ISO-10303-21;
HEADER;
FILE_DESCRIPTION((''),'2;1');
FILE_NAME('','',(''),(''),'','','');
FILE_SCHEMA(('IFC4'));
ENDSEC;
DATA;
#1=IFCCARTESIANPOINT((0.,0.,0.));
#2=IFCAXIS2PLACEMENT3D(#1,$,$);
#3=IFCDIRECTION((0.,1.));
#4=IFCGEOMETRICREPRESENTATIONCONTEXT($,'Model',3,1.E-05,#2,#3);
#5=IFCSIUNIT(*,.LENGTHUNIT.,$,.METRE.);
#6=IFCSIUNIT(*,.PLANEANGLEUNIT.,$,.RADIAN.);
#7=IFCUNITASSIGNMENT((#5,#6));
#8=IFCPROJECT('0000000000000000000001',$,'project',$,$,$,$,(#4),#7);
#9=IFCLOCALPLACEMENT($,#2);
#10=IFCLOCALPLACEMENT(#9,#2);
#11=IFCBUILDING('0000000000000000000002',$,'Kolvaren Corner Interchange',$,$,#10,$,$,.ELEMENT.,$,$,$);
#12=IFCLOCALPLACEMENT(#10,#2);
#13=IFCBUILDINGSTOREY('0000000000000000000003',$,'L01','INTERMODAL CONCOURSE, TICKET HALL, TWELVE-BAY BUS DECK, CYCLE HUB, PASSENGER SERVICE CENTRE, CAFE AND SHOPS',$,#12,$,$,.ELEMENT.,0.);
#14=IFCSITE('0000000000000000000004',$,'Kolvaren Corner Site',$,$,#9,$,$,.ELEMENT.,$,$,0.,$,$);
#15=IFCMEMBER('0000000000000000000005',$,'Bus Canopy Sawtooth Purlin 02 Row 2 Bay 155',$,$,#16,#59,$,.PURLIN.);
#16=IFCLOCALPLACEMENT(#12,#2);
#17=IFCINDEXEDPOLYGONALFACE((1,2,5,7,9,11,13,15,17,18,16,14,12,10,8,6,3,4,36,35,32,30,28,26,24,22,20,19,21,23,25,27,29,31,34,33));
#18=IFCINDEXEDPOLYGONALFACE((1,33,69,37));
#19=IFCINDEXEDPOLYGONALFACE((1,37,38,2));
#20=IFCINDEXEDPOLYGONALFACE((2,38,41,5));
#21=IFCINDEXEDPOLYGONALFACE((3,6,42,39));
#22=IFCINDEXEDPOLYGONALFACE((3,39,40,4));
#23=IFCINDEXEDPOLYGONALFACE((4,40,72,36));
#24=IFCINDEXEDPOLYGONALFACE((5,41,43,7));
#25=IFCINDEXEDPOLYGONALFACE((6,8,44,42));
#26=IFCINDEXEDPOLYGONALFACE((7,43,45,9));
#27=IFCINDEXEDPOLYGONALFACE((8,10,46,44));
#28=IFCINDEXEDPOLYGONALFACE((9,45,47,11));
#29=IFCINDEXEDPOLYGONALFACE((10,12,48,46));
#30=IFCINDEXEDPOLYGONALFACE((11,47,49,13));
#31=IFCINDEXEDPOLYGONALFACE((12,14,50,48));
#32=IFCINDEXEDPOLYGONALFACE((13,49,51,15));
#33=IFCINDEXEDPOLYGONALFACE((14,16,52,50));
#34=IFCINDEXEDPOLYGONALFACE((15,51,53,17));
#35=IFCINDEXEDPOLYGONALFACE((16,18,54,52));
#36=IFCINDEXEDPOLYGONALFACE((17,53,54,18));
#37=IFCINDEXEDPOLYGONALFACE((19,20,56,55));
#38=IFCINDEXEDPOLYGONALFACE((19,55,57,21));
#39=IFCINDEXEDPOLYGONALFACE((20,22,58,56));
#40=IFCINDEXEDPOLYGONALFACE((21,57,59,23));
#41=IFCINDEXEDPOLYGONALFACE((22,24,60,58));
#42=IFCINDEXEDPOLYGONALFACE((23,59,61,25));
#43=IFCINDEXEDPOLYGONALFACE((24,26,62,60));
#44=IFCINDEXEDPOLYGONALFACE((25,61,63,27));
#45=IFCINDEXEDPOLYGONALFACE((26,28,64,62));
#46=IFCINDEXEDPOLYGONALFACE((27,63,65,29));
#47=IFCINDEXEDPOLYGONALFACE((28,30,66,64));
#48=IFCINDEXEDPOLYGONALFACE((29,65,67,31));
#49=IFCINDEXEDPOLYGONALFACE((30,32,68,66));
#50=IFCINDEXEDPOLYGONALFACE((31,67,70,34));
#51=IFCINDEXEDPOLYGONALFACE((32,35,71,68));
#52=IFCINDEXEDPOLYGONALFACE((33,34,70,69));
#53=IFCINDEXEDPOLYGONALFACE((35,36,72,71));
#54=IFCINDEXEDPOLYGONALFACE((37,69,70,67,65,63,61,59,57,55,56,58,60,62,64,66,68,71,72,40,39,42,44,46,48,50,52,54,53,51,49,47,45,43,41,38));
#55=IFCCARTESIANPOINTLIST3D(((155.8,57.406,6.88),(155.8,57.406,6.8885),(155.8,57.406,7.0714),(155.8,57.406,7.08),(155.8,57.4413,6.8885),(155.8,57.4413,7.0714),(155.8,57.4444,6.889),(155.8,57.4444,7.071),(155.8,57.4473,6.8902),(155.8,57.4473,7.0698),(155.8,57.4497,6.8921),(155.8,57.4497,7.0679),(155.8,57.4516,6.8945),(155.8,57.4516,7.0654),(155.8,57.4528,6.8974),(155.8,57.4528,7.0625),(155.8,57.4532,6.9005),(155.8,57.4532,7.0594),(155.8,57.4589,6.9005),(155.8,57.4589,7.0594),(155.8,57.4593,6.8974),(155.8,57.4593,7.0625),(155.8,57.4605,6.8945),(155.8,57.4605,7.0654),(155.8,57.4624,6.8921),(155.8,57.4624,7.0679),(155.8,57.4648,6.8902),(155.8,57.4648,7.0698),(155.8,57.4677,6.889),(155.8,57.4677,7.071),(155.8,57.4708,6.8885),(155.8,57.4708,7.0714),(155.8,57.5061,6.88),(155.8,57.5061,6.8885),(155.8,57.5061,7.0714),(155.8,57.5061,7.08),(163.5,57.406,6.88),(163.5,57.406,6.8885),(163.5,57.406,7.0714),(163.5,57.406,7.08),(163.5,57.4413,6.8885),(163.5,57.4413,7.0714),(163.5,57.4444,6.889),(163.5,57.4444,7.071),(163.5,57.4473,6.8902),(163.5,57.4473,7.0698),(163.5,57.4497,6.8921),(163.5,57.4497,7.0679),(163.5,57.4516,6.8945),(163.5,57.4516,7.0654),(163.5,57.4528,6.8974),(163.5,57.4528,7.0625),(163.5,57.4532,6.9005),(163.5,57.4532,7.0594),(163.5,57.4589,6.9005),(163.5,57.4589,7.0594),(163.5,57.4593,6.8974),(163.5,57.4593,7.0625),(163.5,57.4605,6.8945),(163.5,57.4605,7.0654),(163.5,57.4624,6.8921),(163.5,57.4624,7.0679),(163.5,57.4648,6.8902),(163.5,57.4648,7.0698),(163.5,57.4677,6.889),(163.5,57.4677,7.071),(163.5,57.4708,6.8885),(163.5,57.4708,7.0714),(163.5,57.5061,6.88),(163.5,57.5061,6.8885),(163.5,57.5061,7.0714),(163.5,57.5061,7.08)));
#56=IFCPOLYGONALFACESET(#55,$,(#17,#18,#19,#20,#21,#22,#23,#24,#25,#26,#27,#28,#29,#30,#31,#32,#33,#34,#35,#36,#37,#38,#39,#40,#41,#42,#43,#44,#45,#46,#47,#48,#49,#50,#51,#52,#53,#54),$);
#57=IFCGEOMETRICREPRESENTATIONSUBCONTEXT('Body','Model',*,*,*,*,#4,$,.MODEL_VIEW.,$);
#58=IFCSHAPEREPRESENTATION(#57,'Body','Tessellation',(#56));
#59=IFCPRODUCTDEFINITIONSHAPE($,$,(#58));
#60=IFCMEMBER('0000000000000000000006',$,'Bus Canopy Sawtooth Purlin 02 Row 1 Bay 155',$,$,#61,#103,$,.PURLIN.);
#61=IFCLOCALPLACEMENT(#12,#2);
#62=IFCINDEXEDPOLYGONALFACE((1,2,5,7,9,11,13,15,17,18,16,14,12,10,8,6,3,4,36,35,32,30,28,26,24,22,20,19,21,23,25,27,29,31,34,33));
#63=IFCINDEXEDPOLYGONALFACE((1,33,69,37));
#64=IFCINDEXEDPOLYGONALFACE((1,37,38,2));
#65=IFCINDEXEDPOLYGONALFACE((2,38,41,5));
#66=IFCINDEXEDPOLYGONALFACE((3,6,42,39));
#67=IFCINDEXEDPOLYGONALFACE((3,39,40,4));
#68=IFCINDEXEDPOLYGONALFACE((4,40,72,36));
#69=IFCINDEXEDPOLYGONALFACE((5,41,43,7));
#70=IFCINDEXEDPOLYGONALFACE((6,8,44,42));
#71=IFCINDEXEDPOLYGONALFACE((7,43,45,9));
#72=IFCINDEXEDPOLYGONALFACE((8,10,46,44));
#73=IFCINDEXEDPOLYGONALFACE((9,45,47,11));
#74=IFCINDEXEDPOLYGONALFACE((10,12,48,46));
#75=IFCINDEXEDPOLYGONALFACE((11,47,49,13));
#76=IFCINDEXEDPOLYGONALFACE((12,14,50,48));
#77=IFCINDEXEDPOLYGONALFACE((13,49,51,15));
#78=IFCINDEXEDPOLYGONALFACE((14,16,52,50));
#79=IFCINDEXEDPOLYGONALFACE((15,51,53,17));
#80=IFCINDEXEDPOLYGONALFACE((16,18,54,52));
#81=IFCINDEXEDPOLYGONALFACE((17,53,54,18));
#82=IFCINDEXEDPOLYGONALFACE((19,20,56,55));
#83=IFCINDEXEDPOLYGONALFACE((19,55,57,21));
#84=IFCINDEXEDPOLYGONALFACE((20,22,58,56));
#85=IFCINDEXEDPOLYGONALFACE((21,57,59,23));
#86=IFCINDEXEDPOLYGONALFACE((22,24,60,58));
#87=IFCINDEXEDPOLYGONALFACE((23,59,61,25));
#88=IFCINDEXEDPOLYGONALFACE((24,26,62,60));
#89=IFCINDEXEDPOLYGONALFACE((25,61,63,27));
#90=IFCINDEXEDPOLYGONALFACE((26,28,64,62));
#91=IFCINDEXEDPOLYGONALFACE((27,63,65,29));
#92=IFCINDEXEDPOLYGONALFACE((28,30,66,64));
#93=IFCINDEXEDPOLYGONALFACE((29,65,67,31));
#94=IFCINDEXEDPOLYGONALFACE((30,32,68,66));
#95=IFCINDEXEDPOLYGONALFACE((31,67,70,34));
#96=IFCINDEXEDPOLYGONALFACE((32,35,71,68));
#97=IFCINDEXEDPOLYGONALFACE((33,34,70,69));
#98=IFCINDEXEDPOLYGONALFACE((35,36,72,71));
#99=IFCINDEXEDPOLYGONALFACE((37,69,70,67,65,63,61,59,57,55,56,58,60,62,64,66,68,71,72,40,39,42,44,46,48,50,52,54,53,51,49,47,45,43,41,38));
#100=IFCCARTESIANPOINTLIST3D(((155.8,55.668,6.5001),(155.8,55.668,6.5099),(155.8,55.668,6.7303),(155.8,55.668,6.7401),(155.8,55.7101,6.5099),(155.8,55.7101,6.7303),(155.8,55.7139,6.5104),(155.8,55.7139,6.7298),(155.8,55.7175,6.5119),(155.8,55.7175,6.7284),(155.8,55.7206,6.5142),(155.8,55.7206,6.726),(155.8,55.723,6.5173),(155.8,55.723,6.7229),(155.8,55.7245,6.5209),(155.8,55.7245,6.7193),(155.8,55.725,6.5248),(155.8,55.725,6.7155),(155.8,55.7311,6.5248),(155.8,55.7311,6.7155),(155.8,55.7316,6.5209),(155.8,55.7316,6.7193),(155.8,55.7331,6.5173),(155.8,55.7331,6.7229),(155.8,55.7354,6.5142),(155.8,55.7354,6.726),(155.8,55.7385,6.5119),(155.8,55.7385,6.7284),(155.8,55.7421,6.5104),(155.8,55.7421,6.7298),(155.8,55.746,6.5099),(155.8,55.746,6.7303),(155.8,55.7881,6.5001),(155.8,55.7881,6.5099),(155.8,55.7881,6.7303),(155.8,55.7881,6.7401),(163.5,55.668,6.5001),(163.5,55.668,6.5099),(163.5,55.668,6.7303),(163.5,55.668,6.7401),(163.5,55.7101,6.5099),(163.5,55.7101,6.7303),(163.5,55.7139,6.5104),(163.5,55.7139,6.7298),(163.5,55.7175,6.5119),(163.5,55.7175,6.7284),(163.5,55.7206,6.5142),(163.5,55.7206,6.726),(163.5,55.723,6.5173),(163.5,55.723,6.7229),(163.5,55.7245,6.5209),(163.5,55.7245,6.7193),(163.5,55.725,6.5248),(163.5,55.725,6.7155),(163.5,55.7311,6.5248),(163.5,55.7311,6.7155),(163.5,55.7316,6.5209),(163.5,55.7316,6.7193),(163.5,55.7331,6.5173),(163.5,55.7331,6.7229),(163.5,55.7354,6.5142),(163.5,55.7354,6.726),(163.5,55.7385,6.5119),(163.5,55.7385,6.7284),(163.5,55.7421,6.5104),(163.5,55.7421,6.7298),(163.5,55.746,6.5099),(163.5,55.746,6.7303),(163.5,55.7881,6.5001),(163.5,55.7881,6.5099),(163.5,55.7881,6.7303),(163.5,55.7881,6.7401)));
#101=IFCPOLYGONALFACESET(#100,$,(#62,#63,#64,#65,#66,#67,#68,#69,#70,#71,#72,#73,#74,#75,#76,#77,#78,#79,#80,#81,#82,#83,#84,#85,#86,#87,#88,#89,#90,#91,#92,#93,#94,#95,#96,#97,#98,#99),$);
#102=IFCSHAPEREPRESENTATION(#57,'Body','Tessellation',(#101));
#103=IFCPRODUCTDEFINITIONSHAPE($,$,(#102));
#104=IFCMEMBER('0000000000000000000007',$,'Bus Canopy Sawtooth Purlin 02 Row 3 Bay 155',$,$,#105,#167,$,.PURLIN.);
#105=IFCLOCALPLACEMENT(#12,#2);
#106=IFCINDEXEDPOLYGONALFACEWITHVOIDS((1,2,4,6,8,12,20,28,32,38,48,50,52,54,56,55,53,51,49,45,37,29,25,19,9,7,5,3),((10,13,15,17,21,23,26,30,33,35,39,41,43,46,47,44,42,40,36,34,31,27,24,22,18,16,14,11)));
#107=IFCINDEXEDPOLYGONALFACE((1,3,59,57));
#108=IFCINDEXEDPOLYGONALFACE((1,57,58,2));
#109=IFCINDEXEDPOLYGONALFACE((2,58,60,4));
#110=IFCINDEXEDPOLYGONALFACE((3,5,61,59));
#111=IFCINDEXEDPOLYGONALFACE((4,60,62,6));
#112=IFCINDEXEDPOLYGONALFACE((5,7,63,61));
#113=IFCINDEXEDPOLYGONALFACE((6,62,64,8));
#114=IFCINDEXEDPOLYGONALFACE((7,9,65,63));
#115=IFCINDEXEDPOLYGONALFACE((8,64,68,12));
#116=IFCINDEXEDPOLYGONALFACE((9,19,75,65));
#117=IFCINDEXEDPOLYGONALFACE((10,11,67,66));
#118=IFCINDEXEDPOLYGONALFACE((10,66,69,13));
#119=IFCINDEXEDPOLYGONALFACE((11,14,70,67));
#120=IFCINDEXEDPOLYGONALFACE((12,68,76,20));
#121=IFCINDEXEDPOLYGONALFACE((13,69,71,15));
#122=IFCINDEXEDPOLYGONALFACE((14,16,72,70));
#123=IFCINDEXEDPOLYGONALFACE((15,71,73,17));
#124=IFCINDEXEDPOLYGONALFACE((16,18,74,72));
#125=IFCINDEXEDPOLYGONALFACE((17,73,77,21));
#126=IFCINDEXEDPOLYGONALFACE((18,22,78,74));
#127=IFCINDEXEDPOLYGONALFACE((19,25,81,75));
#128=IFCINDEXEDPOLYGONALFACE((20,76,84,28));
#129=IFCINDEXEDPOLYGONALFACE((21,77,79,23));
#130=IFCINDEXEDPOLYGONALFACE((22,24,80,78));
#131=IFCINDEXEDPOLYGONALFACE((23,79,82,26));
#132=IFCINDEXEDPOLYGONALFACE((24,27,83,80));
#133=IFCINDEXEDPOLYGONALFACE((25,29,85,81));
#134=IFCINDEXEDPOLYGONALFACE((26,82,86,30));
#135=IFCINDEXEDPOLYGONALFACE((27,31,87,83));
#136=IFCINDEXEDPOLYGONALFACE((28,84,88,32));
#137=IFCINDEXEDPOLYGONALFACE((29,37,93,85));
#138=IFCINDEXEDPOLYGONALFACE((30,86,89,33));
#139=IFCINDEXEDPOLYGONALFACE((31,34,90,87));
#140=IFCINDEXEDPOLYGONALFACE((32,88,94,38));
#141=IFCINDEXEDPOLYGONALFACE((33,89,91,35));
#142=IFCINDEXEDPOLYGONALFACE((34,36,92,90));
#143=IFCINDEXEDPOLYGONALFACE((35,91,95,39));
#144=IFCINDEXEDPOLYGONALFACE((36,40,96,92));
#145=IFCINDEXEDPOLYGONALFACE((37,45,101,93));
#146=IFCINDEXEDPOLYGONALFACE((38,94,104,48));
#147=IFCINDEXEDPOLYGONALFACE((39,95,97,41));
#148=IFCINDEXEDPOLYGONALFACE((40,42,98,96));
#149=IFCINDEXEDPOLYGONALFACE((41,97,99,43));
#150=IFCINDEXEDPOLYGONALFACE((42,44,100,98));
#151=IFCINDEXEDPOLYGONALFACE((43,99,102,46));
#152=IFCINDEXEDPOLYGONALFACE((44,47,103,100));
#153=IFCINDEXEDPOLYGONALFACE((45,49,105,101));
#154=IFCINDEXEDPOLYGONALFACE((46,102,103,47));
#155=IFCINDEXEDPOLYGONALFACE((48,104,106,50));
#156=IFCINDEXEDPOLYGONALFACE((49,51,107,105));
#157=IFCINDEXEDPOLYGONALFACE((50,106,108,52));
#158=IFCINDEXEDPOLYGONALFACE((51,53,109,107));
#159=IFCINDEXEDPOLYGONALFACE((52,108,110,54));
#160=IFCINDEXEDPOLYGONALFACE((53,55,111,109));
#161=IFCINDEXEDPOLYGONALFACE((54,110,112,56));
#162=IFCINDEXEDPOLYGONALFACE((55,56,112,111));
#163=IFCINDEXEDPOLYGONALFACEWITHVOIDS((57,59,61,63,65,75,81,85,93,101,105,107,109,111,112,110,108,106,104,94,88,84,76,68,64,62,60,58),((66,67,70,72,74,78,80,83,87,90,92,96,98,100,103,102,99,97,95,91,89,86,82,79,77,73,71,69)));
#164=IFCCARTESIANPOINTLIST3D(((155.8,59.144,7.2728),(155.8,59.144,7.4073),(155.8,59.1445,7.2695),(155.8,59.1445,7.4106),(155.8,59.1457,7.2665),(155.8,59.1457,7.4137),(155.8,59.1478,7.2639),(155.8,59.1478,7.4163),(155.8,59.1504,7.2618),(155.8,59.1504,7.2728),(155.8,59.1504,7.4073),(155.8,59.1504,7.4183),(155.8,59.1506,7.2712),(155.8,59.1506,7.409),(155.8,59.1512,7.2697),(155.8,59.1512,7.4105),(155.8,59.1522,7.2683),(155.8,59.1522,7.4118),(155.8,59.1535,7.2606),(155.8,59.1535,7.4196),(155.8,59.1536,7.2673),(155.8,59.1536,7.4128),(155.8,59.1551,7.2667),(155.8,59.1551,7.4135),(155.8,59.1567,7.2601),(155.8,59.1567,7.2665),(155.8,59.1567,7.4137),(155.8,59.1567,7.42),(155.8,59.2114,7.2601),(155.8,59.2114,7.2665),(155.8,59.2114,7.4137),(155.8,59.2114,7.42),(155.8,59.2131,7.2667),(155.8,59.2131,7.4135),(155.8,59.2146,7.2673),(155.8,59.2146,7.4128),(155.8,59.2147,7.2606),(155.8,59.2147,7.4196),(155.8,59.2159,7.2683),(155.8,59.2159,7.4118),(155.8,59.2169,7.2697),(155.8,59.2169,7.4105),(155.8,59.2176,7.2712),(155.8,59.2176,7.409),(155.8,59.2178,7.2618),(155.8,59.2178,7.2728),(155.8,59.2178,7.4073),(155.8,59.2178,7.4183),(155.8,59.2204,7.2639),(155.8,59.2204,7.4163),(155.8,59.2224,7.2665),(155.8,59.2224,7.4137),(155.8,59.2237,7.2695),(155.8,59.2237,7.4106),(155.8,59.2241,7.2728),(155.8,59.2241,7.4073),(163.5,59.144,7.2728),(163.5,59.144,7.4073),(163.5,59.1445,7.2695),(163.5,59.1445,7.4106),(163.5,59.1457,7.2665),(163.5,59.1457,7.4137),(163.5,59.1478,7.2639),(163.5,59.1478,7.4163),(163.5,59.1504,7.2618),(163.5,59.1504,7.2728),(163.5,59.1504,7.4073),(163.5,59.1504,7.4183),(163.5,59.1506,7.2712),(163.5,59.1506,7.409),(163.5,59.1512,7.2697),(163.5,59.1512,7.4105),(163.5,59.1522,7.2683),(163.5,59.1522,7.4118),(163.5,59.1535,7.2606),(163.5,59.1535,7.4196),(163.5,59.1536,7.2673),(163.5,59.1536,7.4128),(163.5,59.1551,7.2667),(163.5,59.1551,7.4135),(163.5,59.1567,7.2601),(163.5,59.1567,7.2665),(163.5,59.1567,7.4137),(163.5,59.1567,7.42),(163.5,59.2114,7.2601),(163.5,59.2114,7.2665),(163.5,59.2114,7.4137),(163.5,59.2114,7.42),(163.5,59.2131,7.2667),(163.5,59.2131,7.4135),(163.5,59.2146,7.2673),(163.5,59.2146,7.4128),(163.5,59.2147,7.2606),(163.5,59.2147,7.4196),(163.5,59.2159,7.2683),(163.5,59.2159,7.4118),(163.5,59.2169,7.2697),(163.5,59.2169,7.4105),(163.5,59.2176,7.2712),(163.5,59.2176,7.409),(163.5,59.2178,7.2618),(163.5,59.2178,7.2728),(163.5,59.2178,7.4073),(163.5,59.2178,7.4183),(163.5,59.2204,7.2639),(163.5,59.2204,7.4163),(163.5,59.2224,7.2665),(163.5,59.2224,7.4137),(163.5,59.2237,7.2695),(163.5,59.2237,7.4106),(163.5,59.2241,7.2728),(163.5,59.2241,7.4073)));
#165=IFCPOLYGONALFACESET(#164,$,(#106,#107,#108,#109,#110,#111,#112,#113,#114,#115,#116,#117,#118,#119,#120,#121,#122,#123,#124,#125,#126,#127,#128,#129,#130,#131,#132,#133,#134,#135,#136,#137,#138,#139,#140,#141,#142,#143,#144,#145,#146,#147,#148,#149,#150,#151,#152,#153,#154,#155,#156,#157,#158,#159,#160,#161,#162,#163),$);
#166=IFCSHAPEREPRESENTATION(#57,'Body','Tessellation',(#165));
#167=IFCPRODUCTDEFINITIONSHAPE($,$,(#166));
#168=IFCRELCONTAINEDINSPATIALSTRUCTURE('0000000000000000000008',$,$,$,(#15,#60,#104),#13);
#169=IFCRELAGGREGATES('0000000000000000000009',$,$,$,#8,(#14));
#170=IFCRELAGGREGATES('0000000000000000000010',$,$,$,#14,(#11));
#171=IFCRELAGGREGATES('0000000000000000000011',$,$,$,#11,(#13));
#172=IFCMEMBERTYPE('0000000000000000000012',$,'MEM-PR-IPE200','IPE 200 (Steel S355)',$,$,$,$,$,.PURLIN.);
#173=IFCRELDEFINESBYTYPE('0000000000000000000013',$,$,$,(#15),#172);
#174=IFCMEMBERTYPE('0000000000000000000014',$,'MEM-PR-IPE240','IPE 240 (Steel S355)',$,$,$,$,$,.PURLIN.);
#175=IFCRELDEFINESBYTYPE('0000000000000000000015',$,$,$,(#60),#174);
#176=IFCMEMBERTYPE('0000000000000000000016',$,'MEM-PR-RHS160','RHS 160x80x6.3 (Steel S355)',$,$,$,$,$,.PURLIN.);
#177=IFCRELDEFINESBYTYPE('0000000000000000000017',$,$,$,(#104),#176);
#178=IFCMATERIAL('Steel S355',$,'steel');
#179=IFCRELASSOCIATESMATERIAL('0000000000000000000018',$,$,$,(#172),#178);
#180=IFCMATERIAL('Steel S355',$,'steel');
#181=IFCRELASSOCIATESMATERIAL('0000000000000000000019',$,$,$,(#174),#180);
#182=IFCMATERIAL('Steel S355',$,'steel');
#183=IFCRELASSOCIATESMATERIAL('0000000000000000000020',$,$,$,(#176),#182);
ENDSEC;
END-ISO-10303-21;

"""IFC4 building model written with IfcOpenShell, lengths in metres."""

from ifc_helpers import new_model, si_unit, direction, frame, origin, origin_2d, place, context, subcontext, project, spatial, hollow_rectangle, i_section, extrude, material, material_profile, profile_set, type_object, element, save


model = new_model("IFC4")

# Units and contexts
model_context = context("Model", 3, precision=1e-05, world=origin(), true_north=direction((0.0, 1.0)))
body_context = subcontext(model_context, "Body", "Model", "MODEL_VIEW")
ifc_project = project(units=[si_unit("LENGTHUNIT", "METRE"), si_unit("PLANEANGLEUNIT", "RADIAN")], contexts=[model_context])

# Site, building, storey
site_placement = place(None, origin())
site = spatial("IfcSite", under=ifc_project, at=site_placement, Name="Kolvaren Corner Site", CompositionType="ELEMENT", RefElevation=0.0)
building_placement = place(site_placement, origin())
building = spatial("IfcBuilding", under=site, at=building_placement, Name="Kolvaren Corner Interchange", CompositionType="ELEMENT")
storey_placement = place(building_placement, origin())
storey = spatial("IfcBuildingStorey", under=building, at=storey_placement, Name="L01", Description="INTERMODAL CONCOURSE, TICKET HALL, TWELVE-BAY BUS DECK, CYCLE HUB, PASSENGER SERVICE CENTRE, CAFE AND SHOPS", CompositionType="ELEMENT", Elevation=0.0)

# Members
ifc_material_1 = material(Name="Steel S355", Category="steel")
ifc_material_profile_1 = material_profile(ifc_material_1, i_section(OverallWidth=0.1001, OverallDepth=0.2, WebThickness=0.0056, FlangeThickness=0.0085, FilletRadius=0.012, at=origin_2d()), Name="IPE 200")
ifc_profile_set_1 = profile_set([ifc_material_profile_1], Name="Steel S355")
member_type_1 = type_object("IfcMemberType", Name="MEM-PR-IPE200", Description="IPE 200 (Steel S355)", PredefinedType="PURLIN", material=ifc_profile_set_1)
member_1_placement = place(storey_placement, frame((155.8, 57.4561, 6.98), z_axis=(1.0, 0.0, 0.0), x_axis=(0.0, 1.0, 0.0)))
element("IfcMember", 1, at=member_1_placement, inside=storey, type_object=member_type_1, Name="Bus Canopy Sawtooth Purlin 02 Row 2 Bay 155", PredefinedType="PURLIN", context=body_context, shape_type="SweptSolid", body=[
    extrude(i_section(OverallWidth=0.1001, OverallDepth=0.2, WebThickness=0.0056, FlangeThickness=0.0085, FilletRadius=0.012, at=origin_2d()), origin(), (0.0, 0.0, 1.0), 7.7),
])
ifc_material_2 = material(Name="Steel S355", Category="steel")
ifc_material_profile_2 = material_profile(ifc_material_2, i_section(OverallWidth=0.1201, OverallDepth=0.24, WebThickness=0.0061, FlangeThickness=0.0098, FilletRadius=0.0149, at=origin_2d()), Name="IPE 240")
ifc_profile_set_2 = profile_set([ifc_material_profile_2], Name="Steel S355")
member_type_2 = type_object("IfcMemberType", Name="MEM-PR-IPE240", Description="IPE 240 (Steel S355)", PredefinedType="PURLIN", material=ifc_profile_set_2)
member_2_placement = place(storey_placement, frame((155.8, 55.728, 6.6201), z_axis=(1.0, 0.0, 0.0), x_axis=(0.0, 1.0, 0.0)))
element("IfcMember", 2, at=member_2_placement, inside=storey, type_object=member_type_2, Name="Bus Canopy Sawtooth Purlin 02 Row 1 Bay 155", PredefinedType="PURLIN", context=body_context, shape_type="SweptSolid", body=[
    extrude(i_section(OverallWidth=0.1201, OverallDepth=0.24, WebThickness=0.0061, FlangeThickness=0.0098, FilletRadius=0.0149, at=origin_2d()), origin(), (0.0, 0.0, 1.0), 7.7),
])
ifc_material_3 = material(Name="Steel S355", Category="steel")
ifc_material_profile_3 = material_profile(ifc_material_3, hollow_rectangle(XDim=0.0801, YDim=0.1599, WallThickness=0.0063, InnerFilletRadius=0.0063, OuterFilletRadius=0.0127, at=origin_2d()), Name="RHS 160x80x6.3")
ifc_profile_set_3 = profile_set([ifc_material_profile_3], Name="Steel S355")
member_type_3 = type_object("IfcMemberType", Name="MEM-PR-RHS160", Description="RHS 160x80x6.3 (Steel S355)", PredefinedType="PURLIN", material=ifc_profile_set_3)
member_3_placement = place(storey_placement, frame((155.8, 59.1841, 7.3401), z_axis=(1.0, 0.0, 0.0), x_axis=(0.0, 1.0, 0.0)))
element("IfcMember", 3, at=member_3_placement, inside=storey, type_object=member_type_3, Name="Bus Canopy Sawtooth Purlin 02 Row 3 Bay 155", PredefinedType="PURLIN", context=body_context, shape_type="SweptSolid", body=[
    extrude(hollow_rectangle(XDim=0.0801, YDim=0.1599, WallThickness=0.0063, InnerFilletRadius=0.0063, OuterFilletRadius=0.0127, at=origin_2d()), origin(), (0.0, 0.0, 1.0), 7.7),
])

save(model, "model.ifc")
